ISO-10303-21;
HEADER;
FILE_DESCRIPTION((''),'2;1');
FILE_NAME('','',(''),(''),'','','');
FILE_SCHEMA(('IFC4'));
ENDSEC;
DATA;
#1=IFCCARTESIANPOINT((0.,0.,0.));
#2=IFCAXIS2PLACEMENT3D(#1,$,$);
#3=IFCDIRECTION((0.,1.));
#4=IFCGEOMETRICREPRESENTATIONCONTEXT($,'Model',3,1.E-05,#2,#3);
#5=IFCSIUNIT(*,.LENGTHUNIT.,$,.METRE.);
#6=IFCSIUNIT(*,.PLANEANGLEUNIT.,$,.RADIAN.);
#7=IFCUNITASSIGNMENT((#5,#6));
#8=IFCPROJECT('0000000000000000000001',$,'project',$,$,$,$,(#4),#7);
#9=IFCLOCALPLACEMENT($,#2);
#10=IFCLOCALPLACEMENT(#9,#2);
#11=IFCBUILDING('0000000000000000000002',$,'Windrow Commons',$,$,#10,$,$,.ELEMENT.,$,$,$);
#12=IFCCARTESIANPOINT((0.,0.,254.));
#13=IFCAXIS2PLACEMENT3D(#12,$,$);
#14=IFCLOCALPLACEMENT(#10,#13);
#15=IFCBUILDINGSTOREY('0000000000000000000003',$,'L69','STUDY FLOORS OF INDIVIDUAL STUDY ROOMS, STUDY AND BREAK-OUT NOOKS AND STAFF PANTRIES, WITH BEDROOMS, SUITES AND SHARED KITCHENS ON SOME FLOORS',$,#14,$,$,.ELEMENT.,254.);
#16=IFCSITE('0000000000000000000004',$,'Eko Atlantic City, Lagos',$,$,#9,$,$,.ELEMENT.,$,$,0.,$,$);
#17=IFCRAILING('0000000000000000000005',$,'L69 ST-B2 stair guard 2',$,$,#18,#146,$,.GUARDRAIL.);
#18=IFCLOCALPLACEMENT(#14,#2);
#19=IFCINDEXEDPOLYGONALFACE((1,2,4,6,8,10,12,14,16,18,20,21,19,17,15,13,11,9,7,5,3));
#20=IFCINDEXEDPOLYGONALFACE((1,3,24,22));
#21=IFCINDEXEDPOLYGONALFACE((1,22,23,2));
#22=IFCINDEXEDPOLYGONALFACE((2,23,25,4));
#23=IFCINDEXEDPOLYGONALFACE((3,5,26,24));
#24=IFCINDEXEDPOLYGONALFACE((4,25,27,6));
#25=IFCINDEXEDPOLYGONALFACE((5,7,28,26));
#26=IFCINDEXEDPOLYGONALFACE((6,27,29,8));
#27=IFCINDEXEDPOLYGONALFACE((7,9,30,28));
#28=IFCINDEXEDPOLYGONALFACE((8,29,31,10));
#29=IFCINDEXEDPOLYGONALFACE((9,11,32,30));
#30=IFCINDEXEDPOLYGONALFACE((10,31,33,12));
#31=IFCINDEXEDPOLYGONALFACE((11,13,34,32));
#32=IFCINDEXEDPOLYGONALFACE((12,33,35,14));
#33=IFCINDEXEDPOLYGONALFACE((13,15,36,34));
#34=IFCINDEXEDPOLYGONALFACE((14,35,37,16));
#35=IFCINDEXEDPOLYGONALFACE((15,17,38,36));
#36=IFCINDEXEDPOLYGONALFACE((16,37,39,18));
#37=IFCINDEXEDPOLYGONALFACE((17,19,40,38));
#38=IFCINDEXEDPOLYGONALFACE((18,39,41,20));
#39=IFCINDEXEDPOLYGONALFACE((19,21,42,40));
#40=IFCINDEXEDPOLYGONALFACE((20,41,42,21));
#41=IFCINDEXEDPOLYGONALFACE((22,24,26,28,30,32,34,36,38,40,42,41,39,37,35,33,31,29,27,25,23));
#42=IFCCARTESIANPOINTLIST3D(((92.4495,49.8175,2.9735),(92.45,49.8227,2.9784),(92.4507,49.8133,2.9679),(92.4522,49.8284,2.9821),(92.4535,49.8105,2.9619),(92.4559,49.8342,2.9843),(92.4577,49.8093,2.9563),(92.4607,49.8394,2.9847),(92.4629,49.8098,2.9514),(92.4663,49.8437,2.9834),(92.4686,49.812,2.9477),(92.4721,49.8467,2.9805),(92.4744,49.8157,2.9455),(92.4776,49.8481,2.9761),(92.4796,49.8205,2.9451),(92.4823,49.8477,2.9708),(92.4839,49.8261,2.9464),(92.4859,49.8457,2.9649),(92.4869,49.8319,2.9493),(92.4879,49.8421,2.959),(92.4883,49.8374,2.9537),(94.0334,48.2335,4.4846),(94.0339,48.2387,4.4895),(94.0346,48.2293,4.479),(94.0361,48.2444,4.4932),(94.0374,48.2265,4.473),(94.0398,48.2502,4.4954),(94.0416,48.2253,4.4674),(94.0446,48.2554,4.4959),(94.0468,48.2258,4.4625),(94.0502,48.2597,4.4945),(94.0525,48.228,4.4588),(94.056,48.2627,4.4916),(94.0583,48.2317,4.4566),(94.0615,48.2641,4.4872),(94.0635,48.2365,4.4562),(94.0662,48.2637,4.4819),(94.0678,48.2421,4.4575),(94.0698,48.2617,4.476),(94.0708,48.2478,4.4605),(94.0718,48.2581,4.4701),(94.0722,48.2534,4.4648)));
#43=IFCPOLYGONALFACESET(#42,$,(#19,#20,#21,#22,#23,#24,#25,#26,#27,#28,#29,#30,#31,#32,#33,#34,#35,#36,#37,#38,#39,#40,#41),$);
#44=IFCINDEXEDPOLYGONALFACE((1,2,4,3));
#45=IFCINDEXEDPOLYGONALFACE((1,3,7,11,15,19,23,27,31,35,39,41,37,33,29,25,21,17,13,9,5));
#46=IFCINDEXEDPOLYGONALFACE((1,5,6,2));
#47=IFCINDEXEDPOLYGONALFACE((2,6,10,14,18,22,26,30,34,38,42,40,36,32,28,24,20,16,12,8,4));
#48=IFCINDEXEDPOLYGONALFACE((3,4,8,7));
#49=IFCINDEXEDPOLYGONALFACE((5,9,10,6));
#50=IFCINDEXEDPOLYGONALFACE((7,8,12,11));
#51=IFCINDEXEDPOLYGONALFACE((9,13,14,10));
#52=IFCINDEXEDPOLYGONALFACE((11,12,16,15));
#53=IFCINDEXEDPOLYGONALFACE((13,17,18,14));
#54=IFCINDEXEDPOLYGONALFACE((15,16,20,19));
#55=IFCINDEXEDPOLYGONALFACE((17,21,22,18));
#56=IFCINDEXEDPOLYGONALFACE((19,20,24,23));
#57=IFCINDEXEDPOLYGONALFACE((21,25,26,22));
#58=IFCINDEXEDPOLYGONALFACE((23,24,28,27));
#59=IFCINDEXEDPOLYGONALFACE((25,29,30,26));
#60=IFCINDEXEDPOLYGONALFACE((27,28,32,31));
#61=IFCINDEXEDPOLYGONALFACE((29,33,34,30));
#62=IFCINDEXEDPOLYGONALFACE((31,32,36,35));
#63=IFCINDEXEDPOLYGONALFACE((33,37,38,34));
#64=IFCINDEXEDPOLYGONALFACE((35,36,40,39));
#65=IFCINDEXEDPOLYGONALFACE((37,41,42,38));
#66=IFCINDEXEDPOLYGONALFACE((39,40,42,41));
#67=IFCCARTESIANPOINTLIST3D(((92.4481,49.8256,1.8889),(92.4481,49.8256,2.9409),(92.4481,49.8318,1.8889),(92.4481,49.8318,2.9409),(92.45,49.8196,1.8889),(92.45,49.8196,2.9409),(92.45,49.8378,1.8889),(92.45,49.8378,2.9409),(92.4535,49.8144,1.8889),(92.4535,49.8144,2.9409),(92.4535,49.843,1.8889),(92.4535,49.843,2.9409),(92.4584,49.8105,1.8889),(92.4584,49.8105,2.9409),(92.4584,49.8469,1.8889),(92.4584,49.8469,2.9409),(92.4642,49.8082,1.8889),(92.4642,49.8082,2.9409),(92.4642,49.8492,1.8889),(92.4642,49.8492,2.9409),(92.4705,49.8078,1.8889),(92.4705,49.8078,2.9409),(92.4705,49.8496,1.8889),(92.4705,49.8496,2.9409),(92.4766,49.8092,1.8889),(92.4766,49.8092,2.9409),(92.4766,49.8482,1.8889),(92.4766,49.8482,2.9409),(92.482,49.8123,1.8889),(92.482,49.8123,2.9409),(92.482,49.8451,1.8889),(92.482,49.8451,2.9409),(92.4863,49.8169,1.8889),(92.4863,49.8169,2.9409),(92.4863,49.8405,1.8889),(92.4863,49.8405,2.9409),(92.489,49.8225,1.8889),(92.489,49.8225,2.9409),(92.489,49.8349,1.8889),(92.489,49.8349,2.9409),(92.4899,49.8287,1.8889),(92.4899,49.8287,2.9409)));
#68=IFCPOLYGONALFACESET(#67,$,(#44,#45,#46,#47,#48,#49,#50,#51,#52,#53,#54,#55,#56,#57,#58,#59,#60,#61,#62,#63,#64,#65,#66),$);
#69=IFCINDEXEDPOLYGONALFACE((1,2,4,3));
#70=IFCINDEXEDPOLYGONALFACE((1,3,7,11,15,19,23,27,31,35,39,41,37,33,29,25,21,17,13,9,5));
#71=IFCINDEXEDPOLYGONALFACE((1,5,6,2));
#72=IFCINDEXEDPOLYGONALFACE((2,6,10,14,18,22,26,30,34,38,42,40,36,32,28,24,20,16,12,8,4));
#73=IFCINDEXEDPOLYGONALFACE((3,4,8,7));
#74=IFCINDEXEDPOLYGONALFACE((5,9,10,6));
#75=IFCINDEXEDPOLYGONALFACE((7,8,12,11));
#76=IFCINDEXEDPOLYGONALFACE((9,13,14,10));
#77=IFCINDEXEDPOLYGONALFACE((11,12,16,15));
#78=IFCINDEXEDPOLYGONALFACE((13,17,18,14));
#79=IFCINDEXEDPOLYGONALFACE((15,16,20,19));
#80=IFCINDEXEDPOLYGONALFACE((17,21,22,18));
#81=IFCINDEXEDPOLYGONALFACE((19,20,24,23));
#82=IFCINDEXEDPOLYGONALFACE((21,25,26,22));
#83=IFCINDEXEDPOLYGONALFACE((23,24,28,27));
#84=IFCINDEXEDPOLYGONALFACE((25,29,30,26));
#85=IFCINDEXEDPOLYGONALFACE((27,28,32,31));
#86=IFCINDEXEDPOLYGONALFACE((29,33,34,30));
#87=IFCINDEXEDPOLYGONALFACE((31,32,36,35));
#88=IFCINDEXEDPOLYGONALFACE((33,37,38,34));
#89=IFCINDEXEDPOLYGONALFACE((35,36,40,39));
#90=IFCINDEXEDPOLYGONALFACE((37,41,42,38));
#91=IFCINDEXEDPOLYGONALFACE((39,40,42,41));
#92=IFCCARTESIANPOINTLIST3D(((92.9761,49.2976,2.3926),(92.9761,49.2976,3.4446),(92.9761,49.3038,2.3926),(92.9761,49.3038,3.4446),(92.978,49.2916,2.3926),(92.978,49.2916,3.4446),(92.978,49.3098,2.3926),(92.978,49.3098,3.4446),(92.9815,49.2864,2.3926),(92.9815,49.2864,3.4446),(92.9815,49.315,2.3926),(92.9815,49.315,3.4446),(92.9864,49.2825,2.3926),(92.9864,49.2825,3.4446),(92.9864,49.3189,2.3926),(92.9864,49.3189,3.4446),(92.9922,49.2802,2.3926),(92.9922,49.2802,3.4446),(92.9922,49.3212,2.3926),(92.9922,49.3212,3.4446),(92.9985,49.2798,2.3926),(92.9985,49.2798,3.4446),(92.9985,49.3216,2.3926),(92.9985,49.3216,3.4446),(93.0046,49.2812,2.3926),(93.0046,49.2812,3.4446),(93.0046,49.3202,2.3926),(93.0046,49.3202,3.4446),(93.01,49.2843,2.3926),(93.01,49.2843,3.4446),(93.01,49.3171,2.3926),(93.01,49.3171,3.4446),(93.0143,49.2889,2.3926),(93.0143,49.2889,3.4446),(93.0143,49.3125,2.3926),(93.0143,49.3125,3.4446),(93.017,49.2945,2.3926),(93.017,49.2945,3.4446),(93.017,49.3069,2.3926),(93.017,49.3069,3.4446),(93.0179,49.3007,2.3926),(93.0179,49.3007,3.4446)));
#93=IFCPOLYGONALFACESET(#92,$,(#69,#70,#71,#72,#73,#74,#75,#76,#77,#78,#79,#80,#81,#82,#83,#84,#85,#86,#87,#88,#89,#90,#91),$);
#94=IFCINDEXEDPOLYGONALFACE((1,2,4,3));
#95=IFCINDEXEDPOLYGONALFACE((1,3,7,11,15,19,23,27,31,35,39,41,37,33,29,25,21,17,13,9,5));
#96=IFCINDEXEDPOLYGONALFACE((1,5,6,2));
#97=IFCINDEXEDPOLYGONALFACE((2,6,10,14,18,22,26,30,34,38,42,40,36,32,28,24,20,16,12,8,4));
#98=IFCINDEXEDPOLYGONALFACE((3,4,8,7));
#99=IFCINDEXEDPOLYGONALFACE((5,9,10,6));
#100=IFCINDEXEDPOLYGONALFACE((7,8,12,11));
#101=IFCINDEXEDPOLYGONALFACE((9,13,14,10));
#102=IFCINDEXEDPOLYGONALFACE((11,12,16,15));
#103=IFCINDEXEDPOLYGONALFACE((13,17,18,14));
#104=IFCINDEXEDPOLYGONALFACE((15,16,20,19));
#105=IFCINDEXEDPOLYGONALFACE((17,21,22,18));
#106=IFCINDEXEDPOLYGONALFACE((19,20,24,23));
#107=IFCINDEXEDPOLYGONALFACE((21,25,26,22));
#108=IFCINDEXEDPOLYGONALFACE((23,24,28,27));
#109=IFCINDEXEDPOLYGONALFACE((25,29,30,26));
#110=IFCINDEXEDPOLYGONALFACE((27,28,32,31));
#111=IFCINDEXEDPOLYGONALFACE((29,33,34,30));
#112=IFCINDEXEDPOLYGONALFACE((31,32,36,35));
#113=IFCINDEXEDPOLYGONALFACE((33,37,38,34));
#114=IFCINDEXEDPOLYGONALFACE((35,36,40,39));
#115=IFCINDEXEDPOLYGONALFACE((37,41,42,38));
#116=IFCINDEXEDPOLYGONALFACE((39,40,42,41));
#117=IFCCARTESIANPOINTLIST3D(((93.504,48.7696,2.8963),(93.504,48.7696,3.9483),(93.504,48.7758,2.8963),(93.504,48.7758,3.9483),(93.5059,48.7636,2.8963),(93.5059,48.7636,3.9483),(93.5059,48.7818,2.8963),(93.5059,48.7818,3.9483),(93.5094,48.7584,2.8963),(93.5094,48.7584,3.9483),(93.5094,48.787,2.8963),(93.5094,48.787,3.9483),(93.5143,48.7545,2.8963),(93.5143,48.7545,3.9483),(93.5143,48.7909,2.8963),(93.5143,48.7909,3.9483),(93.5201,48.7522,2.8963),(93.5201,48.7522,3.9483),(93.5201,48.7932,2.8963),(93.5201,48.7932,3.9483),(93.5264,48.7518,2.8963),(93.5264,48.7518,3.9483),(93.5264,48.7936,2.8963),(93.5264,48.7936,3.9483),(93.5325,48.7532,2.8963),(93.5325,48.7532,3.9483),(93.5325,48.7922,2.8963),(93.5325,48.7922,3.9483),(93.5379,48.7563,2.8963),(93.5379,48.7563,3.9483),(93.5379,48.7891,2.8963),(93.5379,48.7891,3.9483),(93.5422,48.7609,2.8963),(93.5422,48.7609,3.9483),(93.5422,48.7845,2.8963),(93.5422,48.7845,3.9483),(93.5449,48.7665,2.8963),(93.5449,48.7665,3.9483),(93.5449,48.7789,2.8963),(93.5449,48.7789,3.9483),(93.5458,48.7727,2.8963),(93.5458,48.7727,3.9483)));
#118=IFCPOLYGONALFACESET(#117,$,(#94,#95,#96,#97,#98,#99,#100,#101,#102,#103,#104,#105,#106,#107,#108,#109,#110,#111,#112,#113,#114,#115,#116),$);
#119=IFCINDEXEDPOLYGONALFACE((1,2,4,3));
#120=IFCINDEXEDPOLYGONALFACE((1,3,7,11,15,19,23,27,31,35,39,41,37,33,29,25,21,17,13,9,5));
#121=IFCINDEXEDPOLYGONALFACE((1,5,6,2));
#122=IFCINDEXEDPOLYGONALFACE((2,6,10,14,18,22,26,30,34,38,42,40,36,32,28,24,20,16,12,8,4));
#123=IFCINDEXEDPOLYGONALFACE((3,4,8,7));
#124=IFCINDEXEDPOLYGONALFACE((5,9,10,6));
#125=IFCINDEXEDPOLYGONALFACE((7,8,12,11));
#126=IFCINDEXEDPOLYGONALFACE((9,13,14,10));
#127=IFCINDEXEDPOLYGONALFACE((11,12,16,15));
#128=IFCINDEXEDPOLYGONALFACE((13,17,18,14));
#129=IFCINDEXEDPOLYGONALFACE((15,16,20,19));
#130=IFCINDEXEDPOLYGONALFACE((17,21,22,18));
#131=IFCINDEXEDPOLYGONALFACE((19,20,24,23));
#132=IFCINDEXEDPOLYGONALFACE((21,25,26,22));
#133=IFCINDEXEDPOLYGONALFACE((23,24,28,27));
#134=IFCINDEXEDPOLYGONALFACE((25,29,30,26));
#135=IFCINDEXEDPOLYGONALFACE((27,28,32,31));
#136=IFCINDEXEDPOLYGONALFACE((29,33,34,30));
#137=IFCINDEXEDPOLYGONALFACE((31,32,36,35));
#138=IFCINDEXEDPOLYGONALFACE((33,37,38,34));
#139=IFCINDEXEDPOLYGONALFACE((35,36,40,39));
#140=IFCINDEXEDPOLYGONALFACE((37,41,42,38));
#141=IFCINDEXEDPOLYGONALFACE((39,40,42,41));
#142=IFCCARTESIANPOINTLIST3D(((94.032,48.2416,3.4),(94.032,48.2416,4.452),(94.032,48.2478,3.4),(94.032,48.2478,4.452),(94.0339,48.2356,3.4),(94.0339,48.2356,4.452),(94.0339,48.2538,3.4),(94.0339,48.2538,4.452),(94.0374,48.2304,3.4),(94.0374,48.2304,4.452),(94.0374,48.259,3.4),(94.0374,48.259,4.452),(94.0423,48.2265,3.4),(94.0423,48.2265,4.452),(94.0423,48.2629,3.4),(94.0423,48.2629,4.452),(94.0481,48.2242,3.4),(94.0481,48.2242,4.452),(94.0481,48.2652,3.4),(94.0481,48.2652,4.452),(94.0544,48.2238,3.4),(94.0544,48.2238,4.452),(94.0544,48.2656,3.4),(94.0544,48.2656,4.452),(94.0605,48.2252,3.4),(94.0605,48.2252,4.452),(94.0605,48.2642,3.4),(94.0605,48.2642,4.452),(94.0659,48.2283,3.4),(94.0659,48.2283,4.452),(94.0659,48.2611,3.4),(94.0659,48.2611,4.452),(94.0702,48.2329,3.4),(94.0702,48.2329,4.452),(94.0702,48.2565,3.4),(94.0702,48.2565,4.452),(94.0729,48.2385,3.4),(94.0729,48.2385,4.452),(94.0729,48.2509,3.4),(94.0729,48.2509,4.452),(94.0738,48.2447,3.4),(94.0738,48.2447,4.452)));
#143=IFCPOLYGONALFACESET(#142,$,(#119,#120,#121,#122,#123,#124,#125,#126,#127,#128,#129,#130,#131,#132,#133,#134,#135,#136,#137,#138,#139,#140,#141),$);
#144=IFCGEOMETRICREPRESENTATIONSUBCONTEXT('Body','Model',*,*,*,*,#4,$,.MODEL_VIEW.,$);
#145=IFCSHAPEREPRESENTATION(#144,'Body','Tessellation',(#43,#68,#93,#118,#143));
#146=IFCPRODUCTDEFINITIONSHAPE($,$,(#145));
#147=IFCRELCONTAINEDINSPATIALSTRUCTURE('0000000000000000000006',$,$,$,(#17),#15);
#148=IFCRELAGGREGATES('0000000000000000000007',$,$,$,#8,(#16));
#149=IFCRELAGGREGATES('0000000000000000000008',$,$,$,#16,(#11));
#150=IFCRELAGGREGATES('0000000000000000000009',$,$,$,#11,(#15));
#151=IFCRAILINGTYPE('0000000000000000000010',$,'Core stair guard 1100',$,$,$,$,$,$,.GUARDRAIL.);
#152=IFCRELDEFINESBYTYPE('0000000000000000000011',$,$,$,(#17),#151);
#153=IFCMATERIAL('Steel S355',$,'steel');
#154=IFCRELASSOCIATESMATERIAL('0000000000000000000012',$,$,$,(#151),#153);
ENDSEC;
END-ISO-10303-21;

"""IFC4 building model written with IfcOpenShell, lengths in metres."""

from ifc_helpers import new_model, si_unit, direction, frame, origin, origin_2d, place, context, subcontext, project, spatial, circle, extrude, material, type_object, element, save


model = new_model("IFC4")

# Units and contexts
model_context = context("Model", 3, precision=1e-05, world=origin(), true_north=direction((0.0, 1.0)))
body_context = subcontext(model_context, "Body", "Model", "MODEL_VIEW")
ifc_project = project(units=[si_unit("LENGTHUNIT", "METRE"), si_unit("PLANEANGLEUNIT", "RADIAN")], contexts=[model_context])

# Site, building, storey
site_placement = place(None, origin())
site = spatial("IfcSite", under=ifc_project, at=site_placement, Name="Eko Atlantic City, Lagos", CompositionType="ELEMENT", RefElevation=0.0)
building_placement = place(site_placement, origin())
building = spatial("IfcBuilding", under=site, at=building_placement, Name="Windrow Commons", CompositionType="ELEMENT")
storey_placement = place(building_placement, frame((0.0, 0.0, 254.0)))
storey = spatial("IfcBuildingStorey", under=building, at=storey_placement, Name="L69", Description="STUDY FLOORS OF INDIVIDUAL STUDY ROOMS, STUDY AND BREAK-OUT NOOKS AND STAFF PANTRIES, WITH BEDROOMS, SUITES AND SHARED KITCHENS ON SOME FLOORS", CompositionType="ELEMENT", Elevation=254.0)

# Railing
ifc_material_1 = material(Name="Steel S355", Category="steel")
railing_type_1 = type_object("IfcRailingType", Name="Core stair guard 1100", PredefinedType="GUARDRAIL", material=ifc_material_1)
railing_1_placement = place(storey_placement, frame((92.4689, 49.8287, 1.8889)))
element("IfcRailing", 1, at=railing_1_placement, inside=storey, type_object=railing_type_1, Name="L69 ST-B2 stair guard 2", PredefinedType="GUARDRAIL", context=body_context, shape_type="SweptSolid", body=[
    extrude(circle(Radius=0.024, at=origin_2d()), frame((0.0, 0.0, 1.076), z_axis=(0.586179, -0.586216, 0.559237), x_axis=(0.707129, 0.707084, 0.0)), (0.0, 0.0, 1.0), 2.7021),
    extrude(circle(Radius=0.021, at=origin_2d()), origin(), (0.0, 0.0, 1.0), 1.052),
    extrude(circle(Radius=0.021, at=origin_2d()), frame((0.528, -0.528, 0.5037)), (0.0, 0.0, 1.0), 1.052),
    extrude(circle(Radius=0.021, at=origin_2d()), frame((1.0559, -1.056, 1.0074)), (0.0, 0.0, 1.0), 1.052),
    extrude(circle(Radius=0.021, at=origin_2d()), frame((1.5839, -1.584, 1.5111)), (0.0, 0.0, 1.0), 1.052),
])

save(model, "model.ifc")
